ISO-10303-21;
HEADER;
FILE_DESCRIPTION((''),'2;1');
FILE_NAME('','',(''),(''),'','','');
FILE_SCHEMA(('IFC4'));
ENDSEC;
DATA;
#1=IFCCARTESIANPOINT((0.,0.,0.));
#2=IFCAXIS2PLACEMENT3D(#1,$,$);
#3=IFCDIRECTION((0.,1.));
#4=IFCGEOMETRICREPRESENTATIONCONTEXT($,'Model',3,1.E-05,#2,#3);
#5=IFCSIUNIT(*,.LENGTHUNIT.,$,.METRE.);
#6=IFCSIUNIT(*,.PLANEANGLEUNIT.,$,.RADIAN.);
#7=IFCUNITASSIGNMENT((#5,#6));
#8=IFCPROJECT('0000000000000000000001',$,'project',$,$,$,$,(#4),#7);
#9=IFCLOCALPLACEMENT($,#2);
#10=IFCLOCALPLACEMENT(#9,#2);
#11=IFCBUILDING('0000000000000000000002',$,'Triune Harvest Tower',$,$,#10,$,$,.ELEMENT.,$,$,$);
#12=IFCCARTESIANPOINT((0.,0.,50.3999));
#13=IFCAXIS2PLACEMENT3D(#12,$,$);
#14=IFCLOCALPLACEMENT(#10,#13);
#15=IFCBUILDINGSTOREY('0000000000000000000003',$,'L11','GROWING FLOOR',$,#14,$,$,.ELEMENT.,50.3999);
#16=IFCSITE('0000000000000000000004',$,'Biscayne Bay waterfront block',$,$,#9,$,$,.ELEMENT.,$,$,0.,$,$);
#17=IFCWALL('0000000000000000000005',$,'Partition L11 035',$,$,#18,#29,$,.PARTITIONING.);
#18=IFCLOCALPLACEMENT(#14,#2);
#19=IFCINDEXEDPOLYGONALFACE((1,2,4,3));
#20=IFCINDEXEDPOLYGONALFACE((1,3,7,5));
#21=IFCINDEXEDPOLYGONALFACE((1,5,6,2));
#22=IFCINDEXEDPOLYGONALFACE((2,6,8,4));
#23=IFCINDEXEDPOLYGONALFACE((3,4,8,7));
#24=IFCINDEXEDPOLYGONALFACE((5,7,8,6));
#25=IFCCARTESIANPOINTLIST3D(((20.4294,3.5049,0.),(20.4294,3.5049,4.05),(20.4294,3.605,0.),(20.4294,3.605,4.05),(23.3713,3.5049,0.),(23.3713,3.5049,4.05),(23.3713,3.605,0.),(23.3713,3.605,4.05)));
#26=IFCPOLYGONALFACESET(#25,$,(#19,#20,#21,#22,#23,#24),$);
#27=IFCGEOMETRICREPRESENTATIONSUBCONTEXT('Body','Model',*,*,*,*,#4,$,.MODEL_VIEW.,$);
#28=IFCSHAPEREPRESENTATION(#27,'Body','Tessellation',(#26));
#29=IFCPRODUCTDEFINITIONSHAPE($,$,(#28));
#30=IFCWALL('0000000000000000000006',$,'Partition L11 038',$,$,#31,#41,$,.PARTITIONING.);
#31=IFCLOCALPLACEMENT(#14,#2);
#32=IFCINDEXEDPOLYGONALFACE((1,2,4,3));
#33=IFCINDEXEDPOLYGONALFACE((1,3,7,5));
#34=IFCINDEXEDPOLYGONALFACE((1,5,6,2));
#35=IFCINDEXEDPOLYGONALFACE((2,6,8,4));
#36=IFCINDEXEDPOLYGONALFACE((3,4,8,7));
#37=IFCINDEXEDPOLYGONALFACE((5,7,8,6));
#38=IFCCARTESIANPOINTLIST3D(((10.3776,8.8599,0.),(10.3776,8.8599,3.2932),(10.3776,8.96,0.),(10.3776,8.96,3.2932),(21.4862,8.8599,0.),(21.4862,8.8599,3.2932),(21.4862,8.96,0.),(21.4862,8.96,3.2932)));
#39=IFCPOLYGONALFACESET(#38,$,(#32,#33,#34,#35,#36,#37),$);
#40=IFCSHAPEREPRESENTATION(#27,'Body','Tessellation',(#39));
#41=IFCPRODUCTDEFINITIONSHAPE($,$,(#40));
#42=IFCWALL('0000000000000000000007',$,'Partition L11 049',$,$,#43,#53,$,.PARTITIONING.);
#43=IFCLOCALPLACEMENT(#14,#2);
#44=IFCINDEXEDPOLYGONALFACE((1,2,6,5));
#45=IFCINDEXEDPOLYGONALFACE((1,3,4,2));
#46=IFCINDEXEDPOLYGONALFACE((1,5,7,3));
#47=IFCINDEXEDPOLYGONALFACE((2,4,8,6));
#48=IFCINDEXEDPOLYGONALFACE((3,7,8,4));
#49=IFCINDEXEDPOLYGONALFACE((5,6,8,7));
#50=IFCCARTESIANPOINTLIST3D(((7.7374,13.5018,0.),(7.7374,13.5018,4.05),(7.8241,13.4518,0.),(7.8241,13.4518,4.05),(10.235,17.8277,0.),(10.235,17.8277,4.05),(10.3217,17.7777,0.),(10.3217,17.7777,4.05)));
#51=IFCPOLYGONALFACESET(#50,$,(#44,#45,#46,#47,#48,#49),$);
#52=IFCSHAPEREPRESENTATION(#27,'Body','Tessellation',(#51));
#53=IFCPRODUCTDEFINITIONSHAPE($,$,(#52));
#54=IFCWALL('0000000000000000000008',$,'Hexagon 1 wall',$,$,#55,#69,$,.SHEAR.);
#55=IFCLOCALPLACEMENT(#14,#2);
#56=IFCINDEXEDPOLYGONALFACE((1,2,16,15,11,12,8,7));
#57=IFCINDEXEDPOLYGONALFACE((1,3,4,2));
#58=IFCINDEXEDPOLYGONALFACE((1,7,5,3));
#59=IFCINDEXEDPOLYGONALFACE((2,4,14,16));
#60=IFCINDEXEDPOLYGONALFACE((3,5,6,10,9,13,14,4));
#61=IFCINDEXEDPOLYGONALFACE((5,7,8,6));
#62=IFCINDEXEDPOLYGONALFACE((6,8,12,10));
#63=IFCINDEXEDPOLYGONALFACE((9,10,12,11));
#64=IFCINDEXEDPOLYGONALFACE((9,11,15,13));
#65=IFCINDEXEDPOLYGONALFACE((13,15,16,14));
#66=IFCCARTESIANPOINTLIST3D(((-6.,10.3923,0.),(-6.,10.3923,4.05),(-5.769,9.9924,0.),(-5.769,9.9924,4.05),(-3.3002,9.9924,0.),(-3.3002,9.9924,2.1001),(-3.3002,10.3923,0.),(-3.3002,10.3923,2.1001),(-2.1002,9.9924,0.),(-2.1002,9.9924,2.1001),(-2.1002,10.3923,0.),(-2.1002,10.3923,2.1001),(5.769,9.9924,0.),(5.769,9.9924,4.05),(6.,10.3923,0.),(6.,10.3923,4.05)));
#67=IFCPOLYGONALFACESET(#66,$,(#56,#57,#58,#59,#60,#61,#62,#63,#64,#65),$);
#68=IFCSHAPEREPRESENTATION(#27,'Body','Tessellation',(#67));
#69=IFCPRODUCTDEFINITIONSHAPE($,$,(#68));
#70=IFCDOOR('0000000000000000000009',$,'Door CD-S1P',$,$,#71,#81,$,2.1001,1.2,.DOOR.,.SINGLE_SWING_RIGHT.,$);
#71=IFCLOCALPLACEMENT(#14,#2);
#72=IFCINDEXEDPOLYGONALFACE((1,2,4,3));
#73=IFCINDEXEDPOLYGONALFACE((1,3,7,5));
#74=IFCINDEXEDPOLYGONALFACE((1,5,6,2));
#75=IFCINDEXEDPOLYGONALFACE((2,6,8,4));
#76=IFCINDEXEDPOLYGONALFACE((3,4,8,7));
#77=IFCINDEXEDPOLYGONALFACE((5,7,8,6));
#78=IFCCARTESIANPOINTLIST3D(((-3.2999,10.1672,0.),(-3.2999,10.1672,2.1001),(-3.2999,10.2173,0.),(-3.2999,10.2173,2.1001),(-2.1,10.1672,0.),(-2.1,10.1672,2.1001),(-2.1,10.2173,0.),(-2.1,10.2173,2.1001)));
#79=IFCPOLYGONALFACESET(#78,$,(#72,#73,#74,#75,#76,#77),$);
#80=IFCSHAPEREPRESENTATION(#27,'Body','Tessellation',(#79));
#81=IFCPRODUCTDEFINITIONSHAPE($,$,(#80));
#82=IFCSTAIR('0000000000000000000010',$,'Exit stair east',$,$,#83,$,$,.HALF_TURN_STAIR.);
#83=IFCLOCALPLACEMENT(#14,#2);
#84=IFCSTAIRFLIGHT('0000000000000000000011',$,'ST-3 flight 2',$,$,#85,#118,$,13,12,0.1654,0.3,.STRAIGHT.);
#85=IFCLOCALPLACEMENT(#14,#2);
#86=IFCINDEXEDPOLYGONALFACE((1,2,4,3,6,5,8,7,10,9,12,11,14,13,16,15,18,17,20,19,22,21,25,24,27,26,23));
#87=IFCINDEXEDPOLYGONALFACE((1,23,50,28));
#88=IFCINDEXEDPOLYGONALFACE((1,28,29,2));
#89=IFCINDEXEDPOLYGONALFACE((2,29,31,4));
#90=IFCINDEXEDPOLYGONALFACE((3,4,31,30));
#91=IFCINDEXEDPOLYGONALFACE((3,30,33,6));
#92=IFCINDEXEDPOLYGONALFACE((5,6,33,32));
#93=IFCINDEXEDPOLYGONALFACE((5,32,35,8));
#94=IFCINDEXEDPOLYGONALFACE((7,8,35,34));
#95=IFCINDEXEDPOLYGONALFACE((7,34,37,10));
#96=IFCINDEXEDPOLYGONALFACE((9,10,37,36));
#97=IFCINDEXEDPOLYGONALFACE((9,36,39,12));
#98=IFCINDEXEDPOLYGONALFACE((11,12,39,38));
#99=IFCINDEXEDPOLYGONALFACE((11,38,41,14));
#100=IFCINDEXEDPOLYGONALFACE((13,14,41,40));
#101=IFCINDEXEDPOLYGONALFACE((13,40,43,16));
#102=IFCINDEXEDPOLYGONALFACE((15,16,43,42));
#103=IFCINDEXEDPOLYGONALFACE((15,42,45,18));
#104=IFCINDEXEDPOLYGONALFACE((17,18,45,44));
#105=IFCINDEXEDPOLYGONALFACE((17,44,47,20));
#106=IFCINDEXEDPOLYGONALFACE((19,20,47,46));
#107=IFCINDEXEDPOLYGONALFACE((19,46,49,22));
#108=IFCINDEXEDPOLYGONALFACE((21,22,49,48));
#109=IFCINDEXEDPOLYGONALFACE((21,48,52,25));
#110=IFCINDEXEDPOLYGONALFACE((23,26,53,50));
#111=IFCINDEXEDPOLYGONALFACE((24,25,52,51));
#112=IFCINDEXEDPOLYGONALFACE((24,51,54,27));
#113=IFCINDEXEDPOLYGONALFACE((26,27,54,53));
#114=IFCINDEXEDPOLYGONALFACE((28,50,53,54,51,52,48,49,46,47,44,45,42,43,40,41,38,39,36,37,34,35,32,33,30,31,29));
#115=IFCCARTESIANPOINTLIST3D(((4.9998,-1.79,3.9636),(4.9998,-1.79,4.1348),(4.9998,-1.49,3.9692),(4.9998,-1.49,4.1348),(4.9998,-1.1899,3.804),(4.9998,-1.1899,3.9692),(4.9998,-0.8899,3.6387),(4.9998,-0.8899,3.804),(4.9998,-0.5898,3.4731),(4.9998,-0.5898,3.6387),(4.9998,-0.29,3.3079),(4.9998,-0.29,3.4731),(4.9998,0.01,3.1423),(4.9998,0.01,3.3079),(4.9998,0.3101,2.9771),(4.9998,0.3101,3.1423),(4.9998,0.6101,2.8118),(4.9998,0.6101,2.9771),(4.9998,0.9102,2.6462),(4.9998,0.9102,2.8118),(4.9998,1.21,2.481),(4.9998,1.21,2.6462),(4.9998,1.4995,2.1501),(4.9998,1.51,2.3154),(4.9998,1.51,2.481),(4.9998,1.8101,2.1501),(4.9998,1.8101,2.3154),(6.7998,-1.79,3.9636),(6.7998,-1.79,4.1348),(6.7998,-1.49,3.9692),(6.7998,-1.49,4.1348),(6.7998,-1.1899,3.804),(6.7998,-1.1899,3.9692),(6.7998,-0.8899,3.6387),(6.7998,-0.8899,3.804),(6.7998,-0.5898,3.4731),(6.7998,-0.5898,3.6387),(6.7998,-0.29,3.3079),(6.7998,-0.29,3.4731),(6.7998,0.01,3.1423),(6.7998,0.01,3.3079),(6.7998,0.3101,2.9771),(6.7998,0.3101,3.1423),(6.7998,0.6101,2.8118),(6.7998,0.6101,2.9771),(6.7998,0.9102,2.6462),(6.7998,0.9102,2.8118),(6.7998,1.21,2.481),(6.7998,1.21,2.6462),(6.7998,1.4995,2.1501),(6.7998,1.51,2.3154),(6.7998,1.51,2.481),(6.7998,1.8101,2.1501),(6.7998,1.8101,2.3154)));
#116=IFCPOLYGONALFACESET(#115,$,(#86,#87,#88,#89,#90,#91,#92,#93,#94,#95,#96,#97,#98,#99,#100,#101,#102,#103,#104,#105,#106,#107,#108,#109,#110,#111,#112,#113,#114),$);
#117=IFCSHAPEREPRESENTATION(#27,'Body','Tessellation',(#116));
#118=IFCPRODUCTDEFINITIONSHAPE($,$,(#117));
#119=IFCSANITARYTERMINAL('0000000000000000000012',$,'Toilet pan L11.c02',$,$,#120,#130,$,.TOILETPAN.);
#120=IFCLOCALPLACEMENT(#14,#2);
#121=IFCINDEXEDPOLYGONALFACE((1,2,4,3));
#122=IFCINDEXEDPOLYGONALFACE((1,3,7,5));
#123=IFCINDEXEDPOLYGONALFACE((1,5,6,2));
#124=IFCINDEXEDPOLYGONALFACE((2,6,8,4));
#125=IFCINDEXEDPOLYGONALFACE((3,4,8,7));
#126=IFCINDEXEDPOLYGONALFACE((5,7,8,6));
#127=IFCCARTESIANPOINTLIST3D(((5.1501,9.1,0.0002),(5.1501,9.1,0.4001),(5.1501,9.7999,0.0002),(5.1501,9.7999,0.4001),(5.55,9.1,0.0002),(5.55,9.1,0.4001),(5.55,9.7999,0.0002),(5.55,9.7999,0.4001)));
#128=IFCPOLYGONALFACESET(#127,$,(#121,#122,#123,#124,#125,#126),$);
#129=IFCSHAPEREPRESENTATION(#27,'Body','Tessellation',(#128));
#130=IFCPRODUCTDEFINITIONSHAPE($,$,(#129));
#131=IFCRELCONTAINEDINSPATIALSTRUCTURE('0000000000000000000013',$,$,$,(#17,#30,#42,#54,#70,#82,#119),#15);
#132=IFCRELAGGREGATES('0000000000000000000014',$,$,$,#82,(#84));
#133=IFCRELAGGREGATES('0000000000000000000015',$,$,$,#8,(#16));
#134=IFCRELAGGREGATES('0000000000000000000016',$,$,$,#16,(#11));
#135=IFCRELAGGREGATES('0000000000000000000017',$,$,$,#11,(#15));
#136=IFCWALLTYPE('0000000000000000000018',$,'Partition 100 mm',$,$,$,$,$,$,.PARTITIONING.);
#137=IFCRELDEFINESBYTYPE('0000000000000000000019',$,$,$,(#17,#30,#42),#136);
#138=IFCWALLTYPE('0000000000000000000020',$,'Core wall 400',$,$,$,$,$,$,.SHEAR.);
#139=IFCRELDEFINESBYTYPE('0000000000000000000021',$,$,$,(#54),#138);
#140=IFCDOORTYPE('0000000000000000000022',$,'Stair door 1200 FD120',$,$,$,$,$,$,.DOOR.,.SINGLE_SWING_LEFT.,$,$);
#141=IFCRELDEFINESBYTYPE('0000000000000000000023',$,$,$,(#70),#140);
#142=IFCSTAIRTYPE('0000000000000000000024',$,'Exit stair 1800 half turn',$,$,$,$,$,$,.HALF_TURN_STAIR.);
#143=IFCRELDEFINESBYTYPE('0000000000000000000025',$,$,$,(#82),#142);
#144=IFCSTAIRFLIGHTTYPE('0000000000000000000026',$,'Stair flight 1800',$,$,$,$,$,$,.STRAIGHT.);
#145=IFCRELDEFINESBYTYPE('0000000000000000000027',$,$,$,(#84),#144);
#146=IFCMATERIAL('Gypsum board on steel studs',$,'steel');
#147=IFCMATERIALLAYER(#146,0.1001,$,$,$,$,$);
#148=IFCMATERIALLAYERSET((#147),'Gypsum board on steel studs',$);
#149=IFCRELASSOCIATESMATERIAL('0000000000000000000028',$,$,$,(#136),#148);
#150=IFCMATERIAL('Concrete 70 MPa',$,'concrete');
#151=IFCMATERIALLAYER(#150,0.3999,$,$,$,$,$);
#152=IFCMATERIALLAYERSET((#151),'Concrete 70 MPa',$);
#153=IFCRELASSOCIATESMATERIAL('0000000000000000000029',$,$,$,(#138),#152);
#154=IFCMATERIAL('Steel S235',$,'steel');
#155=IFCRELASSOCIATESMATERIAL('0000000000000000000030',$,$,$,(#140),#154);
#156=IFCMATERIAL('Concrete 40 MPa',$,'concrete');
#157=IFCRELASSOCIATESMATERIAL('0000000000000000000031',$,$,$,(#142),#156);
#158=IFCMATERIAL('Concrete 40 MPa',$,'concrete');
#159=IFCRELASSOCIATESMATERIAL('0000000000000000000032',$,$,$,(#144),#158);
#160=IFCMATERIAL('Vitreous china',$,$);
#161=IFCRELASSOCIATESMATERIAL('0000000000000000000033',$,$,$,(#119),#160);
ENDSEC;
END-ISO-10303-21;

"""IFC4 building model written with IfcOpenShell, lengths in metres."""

from ifc_helpers import new_model, si_unit, direction, frame, frame_2d, origin, origin_2d, place, context, subcontext, project, spatial, polyline, rectangle, outline, extrude, source, transform, mapped, material, layer, layer_set, type_object, element, fill, aggregate, save


model = new_model("IFC4")

# Units and contexts
model_context = context("Model", 3, precision=1e-05, world=origin(), true_north=direction((0.0, 1.0)))
body_context = subcontext(model_context, "Body", "Model", "MODEL_VIEW")
ifc_project = project(units=[si_unit("LENGTHUNIT", "METRE"), si_unit("PLANEANGLEUNIT", "RADIAN")], contexts=[model_context])

# Site, building, storey
site_placement = place(None, origin())
site = spatial("IfcSite", under=ifc_project, at=site_placement, Name="Biscayne Bay waterfront block", CompositionType="ELEMENT", RefElevation=0.0)
building_placement = place(site_placement, origin())
building = spatial("IfcBuilding", under=site, at=building_placement, Name="Triune Harvest Tower", CompositionType="ELEMENT")
storey_placement = place(building_placement, frame((0.0, 0.0, 50.3999)))
storey = spatial("IfcBuildingStorey", under=building, at=storey_placement, Name="L11", Description="GROWING FLOOR", CompositionType="ELEMENT", Elevation=50.3999)

# Walls
ifc_material_1 = material(Name="Gypsum board on steel studs", Category="steel")
ifc_layer_1 = layer(ifc_material_1, 0.1001)
ifc_layer_set_1 = layer_set([ifc_layer_1], Name="Gypsum board on steel studs")
wall_type_1 = type_object("IfcWallType", Name="Partition 100 mm", PredefinedType="PARTITIONING", material=ifc_layer_set_1)
wall_1_placement = place(storey_placement, frame((20.4294, 3.5549, 0.0), z_axis=(0.0, 0.0, 1.0), x_axis=(1.0, 0.0, 0.0)))
element("IfcWall", 1, at=wall_1_placement, inside=storey, type_object=wall_type_1, Name="Partition L11 035", PredefinedType="PARTITIONING", context=body_context, shape_type="SweptSolid", body=[
    extrude(rectangle(XDim=2.9419, YDim=0.1001, at=frame_2d((1.4709, 0.0))), origin(), (0.0, 0.0, 1.0), 4.05),
])
wall_2_placement = place(storey_placement, frame((10.3777, 8.9099, 0.0), z_axis=(0.0, 0.0, 1.0), x_axis=(1.0, 0.0, 0.0)))
element("IfcWall", 2, at=wall_2_placement, inside=storey, type_object=wall_type_1, Name="Partition L11 038", PredefinedType="PARTITIONING", context=body_context, shape_type="SweptSolid", body=[
    extrude(rectangle(XDim=11.1086, YDim=0.1001, at=frame_2d((5.5542, 0.0))), origin(), (0.0, 0.0, 1.0), 3.2932),
])
wall_3_placement = place(storey_placement, frame((7.7808, 13.4768, 0.0), z_axis=(0.0, 0.0, 1.0), x_axis=(0.499997, 0.866027, 0.0)))
element("IfcWall", 3, at=wall_3_placement, inside=storey, type_object=wall_type_1, Name="Partition L11 049", PredefinedType="PARTITIONING", context=body_context, shape_type="SweptSolid", body=[
    extrude(rectangle(XDim=4.9951, YDim=0.1001, at=frame_2d((2.4976, 0.0))), origin(), (0.0, 0.0, 1.0), 4.05),
])

# Wall, opening, door
ifc_material_2 = material(Name="Concrete 70 MPa", Category="concrete")
ifc_layer_2 = layer(ifc_material_2, 0.3999)
ifc_layer_set_2 = layer_set([ifc_layer_2], Name="Concrete 70 MPa")
wall_type_2 = type_object("IfcWallType", Name="Core wall 400", PredefinedType="SHEAR", material=ifc_layer_set_2)
shared_shape_1 = source(origin(), body_context, "Body", "SweptSolid", [
    extrude(outline(polyline([(-0.1155, -0.2), (11.8845, -0.2), (11.6536, 0.2), (0.1155, 0.2), (-0.1155, -0.2)])), origin(), (0.0, 0.0, 1.0), 4.05),
])
wall_4_placement = place(storey_placement, frame((5.8845, 10.1924, 0.0), z_axis=(0.0, 0.0, 1.0), x_axis=(-1.0, 0.0, 0.0)))
wall_4 = element("IfcWall", 4, at=wall_4_placement, inside=storey, type_object=wall_type_2, Name="Hexagon 1 wall", PredefinedType="SHEAR", context=body_context, shape_type="MappedRepresentation", body=[
    mapped(shared_shape_1, transform((0.0, 0.0, 0.0), scale=1.0)),
])
opening_1_placement = place(wall_4_placement, frame((7.9846, 0.0, 0.0)))
opening_1 = element("IfcOpeningElement", 5, at=opening_1_placement, cuts=wall_4, PredefinedType="OPENING", context=body_context, shape_type="SweptSolid", body=[
    extrude(rectangle(XDim=1.2, YDim=2.1001, at=frame_2d((0.6001, 1.05))), frame((0.0, 0.21, 0.0), z_axis=(0.0, -1.0, 0.0), x_axis=(1.0, 0.0, 0.0)), (0.0, 0.0, 1.0), 0.4199),
])
ifc_material_3 = material(Name="Steel S235", Category="steel")
door_type_1 = type_object("IfcDoorType", Name="Stair door 1200 FD120", OperationType="SINGLE_SWING_LEFT", PredefinedType="DOOR", material=ifc_material_3)
door_1_placement = place(opening_1_placement, frame((1.2, 0.0, 0.0), z_axis=(0.0, 0.0, 1.0), x_axis=(-1.0, 0.0, 0.0)))
door_1 = element("IfcDoor", 6, at=door_1_placement, inside=storey, type_object=door_type_1, Name="Door CD-S1P", OperationType="SINGLE_SWING_RIGHT", OverallHeight=2.1001, OverallWidth=1.2, PredefinedType="DOOR", context=body_context, shape_type="SweptSolid", body=[
    extrude(rectangle(XDim=1.2, YDim=2.1001, at=frame_2d((0.6001, 1.05))), frame((0.0, 0.0249, 0.0), z_axis=(0.0, -1.0, 0.0), x_axis=(1.0, 0.0, 0.0)), (0.0, 0.0, 1.0), 0.05),
])
fill(opening_1, door_1)

# Stair, stair flight
ifc_material_4 = material(Name="Concrete 40 MPa", Category="concrete")
stair_type = type_object("IfcStairType", Name="Exit stair 1800 half turn", PredefinedType="HALF_TURN_STAIR", material=ifc_material_4)
stair_placement = place(storey_placement, origin())
stair = element("IfcStair", 7, at=stair_placement, inside=storey, type_object=stair_type, Name="Exit stair east", PredefinedType="HALF_TURN_STAIR")
ifc_material_5 = material(Name="Concrete 40 MPa", Category="concrete")
stair_flight_type = type_object("IfcStairFlightType", Name="Stair flight 1800", PredefinedType="STRAIGHT", material=ifc_material_5)
shared_shape_2 = source(origin(), body_context, "Body", "SweptSolid", [
    extrude(outline(polyline([(0.0, 0.0), (0.0, 0.1653), (0.3, 0.1653), (0.3, 0.3308), (0.6001, 0.3308), (0.6001, 0.4961), (0.8999, 0.4961), (0.8999, 0.6616), (1.2, 0.6616), (1.2, 0.8269), (1.5, 0.8269), (1.5, 0.9922), (1.8, 0.9922), (1.8, 1.1577), (2.1001, 1.1577), (2.1001, 1.323), (2.3999, 1.323), (2.3999, 1.4885), (2.7, 1.4885), (2.7, 1.6538), (3.0, 1.6538), (3.0, 1.8191), (3.3, 1.8191), (3.3, 1.9846), (3.6001, 1.9846), (3.6001, 2.1499), (3.6001, 1.8135), (0.3105, 0.0), (0.0, 0.0)])), frame((0.0, 0.8999, 0.0), z_axis=(0.0, -1.0, 0.0), x_axis=(1.0, 0.0, 0.0)), (0.0, 0.0, 1.0), 1.8),
])
stair_flight_placement = place(storey_placement, frame((5.8999, 1.8101, 2.1501), z_axis=(0.0, 0.0, 1.0), x_axis=(0.0, -1.0, 0.0)))
stair_flight = element("IfcStairFlight", 8, at=stair_flight_placement, type_object=stair_flight_type, Name="ST-3 flight 2", NumberOfRisers=13, NumberOfTreads=12, PredefinedType="STRAIGHT", RiserHeight=0.1654, TreadLength=0.3, context=body_context, shape_type="MappedRepresentation", body=[
    mapped(shared_shape_2, transform((0.0, 0.0, 0.0), scale=1.0)),
])
aggregate(stair, [stair_flight])

# Sanitary terminal
ifc_material_6 = material(Name="Vitreous china")
shared_shape_3 = source(origin(), body_context, "Body", "SweptSolid", [
    extrude(rectangle(XDim=0.3999, YDim=0.7, at=origin_2d()), origin(), (0.0, 0.0, 1.0), 0.3999),
])
sanitary_terminal_placement = place(storey_placement, frame((5.3501, 9.45, 0.0002), z_axis=(0.0, 0.0, 1.0), x_axis=(1.0, 0.0, 0.0)))
element("IfcSanitaryTerminal", 9, at=sanitary_terminal_placement, inside=storey, material=ifc_material_6, Name="Toilet pan L11.c02", PredefinedType="TOILETPAN", context=body_context, shape_type="MappedRepresentation", body=[
    mapped(shared_shape_3, transform((0.0, 0.0, 0.0), scale=1.0)),
])

save(model, "model.ifc")
